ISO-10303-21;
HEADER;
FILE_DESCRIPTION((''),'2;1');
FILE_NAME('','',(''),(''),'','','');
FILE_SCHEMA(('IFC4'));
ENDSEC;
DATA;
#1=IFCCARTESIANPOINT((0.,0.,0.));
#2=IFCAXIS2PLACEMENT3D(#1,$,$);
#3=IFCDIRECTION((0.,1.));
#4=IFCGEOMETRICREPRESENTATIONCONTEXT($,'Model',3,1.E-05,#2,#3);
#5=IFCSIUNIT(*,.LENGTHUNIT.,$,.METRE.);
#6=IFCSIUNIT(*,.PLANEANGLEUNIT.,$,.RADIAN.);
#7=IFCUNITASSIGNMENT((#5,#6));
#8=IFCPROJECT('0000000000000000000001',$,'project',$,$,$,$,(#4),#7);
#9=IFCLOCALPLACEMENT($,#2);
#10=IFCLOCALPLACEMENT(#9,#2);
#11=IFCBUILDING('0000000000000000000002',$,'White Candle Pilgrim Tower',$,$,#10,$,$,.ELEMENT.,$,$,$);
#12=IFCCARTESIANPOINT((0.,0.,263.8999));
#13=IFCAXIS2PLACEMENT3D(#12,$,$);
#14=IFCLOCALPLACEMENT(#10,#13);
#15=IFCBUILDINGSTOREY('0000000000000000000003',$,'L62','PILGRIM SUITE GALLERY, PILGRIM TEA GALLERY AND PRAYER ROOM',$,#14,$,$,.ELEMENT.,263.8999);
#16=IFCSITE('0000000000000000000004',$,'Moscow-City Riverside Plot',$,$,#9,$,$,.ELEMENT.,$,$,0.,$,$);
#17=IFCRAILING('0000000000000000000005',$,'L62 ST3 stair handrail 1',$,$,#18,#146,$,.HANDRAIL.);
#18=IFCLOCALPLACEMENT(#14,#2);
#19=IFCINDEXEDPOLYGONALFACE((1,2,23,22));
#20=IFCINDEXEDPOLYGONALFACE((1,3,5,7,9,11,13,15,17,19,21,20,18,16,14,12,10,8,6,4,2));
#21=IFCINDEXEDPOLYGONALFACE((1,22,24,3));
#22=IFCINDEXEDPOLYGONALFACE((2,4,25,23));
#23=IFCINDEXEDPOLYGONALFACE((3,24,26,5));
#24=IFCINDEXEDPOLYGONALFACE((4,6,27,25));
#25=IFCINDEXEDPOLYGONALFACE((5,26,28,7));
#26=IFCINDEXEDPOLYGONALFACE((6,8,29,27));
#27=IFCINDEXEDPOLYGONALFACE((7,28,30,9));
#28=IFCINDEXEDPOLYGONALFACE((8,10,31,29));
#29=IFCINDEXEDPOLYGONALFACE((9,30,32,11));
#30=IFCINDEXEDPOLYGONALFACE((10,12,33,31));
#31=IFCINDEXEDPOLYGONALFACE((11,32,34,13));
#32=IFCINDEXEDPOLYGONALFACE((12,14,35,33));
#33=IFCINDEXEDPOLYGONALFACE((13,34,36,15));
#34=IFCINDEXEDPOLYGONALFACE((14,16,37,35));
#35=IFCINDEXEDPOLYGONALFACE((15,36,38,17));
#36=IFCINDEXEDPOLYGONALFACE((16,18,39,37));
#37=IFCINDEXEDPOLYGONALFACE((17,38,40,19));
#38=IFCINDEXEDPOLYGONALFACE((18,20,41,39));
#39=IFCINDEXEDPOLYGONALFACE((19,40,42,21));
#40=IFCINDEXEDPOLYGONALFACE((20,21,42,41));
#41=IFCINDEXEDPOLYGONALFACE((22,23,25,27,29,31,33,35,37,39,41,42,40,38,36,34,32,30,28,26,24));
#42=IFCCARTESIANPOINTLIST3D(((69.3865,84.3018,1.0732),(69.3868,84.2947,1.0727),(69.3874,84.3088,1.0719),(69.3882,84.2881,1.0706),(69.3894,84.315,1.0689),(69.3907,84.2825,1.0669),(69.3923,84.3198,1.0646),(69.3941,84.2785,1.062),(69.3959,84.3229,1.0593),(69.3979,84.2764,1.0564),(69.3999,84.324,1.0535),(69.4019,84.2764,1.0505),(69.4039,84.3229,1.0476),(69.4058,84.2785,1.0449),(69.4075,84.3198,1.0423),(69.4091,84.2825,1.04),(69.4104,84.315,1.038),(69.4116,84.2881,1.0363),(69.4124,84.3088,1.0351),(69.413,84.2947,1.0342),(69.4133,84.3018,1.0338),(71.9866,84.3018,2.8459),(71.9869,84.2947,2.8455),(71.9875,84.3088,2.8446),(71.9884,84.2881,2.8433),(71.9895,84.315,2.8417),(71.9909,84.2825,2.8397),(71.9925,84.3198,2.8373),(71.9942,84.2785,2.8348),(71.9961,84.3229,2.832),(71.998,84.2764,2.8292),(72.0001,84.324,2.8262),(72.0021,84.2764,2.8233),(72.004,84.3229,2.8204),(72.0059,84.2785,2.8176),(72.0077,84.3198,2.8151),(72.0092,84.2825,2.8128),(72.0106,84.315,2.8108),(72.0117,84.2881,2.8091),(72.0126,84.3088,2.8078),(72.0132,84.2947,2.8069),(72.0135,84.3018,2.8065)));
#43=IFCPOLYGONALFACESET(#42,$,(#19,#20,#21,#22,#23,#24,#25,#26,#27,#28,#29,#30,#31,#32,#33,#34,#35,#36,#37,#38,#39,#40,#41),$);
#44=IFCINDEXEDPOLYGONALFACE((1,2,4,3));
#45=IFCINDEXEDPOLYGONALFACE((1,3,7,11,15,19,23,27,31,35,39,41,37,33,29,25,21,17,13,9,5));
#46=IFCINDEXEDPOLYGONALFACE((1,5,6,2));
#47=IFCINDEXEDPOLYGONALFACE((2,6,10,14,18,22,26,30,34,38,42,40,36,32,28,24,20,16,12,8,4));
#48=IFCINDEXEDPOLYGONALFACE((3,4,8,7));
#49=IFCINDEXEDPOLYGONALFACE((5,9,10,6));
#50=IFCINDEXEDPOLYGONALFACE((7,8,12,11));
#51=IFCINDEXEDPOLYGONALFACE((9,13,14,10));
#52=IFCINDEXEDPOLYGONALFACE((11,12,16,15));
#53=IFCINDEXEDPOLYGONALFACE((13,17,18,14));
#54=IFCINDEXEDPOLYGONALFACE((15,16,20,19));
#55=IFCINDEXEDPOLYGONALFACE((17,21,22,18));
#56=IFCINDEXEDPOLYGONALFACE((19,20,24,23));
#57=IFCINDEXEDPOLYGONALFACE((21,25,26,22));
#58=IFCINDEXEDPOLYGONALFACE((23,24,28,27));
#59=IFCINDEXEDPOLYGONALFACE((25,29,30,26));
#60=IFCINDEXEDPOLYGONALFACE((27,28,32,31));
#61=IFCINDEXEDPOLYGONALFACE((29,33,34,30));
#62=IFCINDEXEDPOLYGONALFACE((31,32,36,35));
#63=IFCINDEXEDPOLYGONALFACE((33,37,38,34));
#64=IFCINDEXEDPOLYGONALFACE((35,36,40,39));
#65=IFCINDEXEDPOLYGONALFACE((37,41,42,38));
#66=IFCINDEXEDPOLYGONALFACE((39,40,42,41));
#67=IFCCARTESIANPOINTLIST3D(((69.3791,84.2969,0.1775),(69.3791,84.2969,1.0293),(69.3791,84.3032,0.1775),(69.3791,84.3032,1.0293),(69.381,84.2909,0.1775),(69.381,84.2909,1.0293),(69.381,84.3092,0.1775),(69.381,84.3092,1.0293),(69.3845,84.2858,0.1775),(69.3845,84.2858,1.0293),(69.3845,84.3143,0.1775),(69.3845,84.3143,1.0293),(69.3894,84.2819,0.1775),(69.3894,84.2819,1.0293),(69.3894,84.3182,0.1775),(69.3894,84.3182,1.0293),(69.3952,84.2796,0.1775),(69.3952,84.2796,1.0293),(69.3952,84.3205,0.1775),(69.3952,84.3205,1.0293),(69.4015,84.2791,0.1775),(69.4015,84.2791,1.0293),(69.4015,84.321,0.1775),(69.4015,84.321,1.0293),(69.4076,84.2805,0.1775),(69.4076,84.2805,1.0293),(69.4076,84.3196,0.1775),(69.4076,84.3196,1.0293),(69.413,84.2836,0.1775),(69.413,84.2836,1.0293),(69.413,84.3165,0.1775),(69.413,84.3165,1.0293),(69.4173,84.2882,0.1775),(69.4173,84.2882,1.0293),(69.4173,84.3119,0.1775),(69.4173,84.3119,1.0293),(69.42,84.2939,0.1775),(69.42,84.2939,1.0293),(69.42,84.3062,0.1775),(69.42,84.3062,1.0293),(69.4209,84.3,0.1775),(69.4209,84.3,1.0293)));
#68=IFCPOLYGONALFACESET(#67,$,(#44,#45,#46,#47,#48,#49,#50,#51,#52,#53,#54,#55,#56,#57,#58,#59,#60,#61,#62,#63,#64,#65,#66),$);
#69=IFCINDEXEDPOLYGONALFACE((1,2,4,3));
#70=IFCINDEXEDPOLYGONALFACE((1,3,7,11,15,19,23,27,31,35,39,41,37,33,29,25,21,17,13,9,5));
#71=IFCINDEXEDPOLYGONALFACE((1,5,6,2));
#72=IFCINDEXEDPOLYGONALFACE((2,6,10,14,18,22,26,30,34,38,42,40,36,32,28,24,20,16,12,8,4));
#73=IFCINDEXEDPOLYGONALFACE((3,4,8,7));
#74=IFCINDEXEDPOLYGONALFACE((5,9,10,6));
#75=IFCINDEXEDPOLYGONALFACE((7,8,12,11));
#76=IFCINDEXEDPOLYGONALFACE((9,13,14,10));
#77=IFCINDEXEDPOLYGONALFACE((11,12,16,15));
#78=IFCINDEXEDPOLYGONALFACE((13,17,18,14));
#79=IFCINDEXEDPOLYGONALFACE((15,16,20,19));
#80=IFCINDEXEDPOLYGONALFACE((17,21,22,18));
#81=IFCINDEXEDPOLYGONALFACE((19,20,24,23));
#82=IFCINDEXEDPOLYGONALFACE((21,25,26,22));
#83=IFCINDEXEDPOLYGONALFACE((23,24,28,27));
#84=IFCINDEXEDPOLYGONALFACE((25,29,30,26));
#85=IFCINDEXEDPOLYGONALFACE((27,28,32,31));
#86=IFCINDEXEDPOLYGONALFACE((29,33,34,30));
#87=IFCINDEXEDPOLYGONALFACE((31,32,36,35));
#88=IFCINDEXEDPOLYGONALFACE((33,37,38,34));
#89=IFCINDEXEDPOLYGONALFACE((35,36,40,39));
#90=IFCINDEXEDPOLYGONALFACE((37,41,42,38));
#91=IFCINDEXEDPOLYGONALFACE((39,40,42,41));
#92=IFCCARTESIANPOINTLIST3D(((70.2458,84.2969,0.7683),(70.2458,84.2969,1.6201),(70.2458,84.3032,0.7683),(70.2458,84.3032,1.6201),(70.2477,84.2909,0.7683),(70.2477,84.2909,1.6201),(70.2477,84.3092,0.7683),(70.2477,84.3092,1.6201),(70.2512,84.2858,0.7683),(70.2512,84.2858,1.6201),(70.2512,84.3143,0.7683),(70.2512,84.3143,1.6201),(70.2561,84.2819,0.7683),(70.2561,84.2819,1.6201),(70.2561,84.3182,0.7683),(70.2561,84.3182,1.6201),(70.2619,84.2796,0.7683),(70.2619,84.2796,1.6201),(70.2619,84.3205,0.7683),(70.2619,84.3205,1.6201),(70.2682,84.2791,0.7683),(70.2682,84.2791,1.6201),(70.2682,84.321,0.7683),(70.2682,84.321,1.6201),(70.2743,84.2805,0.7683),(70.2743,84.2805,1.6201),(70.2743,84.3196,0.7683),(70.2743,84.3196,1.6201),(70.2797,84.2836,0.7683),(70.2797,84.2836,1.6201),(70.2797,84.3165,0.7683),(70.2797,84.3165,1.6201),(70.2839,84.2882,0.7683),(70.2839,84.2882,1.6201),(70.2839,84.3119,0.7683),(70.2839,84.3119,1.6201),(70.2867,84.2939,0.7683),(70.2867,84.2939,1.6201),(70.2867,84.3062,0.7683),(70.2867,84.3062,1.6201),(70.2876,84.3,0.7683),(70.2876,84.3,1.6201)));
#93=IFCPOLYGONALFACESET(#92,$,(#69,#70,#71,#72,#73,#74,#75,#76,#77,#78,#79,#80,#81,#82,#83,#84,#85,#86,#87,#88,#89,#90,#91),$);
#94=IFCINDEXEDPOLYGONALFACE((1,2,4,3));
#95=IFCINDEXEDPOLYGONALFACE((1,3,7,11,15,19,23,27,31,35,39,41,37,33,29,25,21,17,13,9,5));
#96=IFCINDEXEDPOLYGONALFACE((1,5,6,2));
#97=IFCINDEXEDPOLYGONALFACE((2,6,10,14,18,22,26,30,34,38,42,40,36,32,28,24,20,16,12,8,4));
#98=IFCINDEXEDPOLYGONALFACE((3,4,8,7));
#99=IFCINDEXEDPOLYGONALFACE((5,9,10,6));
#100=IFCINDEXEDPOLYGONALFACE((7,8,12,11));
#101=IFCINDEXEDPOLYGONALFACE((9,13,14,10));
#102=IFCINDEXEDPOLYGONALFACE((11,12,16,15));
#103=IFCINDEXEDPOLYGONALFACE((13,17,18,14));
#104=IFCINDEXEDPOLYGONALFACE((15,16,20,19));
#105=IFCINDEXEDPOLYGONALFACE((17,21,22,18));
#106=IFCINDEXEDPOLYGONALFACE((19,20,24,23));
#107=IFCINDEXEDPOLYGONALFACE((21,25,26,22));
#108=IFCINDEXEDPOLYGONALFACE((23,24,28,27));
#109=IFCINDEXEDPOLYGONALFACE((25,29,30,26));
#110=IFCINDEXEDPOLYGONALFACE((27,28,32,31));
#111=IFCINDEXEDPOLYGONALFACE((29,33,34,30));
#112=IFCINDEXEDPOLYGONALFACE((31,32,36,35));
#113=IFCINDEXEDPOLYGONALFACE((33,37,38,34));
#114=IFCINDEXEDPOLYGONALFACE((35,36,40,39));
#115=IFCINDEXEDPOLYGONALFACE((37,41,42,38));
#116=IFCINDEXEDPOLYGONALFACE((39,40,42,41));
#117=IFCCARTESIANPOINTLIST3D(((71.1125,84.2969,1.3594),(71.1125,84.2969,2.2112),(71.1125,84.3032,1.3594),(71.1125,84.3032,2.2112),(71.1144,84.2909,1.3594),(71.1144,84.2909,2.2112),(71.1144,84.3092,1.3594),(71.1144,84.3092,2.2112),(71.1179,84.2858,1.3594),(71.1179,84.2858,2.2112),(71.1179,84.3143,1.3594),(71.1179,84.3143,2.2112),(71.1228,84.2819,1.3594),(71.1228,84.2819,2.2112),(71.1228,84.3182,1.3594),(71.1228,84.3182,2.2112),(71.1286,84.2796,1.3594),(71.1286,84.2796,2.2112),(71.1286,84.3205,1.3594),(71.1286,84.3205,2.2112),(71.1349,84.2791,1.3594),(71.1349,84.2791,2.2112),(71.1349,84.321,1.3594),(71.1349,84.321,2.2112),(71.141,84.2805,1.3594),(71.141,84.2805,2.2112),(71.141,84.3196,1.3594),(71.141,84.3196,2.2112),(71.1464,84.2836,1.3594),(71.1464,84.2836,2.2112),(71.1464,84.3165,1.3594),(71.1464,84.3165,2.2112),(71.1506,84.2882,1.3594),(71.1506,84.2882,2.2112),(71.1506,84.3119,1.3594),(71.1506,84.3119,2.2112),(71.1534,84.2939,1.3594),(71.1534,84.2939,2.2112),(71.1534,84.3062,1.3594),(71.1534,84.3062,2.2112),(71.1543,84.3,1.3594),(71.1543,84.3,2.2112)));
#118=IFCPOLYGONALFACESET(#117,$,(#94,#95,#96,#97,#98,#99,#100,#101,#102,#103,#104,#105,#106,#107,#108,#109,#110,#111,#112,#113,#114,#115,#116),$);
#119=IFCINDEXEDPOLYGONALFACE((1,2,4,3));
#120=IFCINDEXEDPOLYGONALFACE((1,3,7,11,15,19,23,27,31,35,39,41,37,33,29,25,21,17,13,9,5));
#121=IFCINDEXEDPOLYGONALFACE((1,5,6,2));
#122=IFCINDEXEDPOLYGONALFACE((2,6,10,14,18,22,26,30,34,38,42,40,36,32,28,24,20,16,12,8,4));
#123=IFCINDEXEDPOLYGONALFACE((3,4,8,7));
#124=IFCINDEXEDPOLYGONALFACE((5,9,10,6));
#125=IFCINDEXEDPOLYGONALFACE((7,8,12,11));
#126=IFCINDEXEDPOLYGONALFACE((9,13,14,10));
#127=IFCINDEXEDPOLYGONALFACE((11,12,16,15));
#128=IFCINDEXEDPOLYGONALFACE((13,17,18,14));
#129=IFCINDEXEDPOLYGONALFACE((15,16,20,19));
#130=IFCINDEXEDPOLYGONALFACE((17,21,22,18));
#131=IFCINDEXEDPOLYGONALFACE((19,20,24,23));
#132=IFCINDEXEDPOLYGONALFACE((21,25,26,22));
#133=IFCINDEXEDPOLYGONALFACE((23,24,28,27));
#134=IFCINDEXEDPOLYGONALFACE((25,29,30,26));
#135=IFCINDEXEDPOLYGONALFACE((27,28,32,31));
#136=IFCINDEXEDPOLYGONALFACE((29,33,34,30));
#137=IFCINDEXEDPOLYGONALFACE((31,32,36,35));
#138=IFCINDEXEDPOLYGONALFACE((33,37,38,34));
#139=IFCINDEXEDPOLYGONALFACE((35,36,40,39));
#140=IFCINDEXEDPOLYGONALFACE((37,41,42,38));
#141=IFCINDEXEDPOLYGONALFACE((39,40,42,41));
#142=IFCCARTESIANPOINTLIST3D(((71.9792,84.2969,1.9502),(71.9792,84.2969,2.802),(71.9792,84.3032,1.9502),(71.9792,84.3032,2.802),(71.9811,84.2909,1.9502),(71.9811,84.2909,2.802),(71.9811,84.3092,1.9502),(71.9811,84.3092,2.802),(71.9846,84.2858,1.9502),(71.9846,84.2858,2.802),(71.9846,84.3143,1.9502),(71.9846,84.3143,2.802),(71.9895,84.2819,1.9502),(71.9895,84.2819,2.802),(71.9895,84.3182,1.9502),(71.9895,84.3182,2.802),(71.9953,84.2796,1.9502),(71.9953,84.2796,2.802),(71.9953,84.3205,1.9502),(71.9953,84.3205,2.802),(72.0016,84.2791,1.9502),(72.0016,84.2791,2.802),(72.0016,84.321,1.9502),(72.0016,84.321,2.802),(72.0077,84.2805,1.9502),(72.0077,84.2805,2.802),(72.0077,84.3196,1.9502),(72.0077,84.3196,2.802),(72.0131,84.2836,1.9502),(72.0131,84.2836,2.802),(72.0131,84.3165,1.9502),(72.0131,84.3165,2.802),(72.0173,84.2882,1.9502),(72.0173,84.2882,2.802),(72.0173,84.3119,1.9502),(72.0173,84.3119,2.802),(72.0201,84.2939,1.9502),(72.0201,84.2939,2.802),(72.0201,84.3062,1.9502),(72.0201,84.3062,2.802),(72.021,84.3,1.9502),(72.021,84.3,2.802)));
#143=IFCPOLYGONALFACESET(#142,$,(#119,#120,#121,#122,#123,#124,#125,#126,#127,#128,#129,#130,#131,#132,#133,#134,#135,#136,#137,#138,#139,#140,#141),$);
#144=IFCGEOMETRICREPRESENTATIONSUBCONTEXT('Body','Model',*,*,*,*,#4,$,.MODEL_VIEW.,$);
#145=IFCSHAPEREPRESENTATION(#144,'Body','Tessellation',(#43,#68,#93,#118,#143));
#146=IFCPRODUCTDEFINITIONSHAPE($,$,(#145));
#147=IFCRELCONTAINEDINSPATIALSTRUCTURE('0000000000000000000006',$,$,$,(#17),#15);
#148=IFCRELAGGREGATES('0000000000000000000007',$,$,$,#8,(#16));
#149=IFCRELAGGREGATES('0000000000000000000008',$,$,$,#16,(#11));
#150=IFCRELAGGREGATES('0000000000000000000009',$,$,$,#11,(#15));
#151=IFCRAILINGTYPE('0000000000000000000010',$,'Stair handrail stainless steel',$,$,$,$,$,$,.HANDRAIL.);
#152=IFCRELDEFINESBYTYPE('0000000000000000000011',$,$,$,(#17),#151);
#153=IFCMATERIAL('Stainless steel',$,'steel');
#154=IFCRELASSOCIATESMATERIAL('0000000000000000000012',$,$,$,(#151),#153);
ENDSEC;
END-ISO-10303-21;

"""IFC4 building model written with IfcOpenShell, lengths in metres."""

from ifc_helpers import new_model, si_unit, direction, frame, origin, origin_2d, place, context, subcontext, project, spatial, circle, extrude, material, type_object, element, save


model = new_model("IFC4")

# Units and contexts
model_context = context("Model", 3, precision=1e-05, world=origin(), true_north=direction((0.0, 1.0)))
body_context = subcontext(model_context, "Body", "Model", "MODEL_VIEW")
ifc_project = project(units=[si_unit("LENGTHUNIT", "METRE"), si_unit("PLANEANGLEUNIT", "RADIAN")], contexts=[model_context])

# Site, building, storey
site_placement = place(None, origin())
site = spatial("IfcSite", under=ifc_project, at=site_placement, Name="Moscow-City Riverside Plot", CompositionType="ELEMENT", RefElevation=0.0)
building_placement = place(site_placement, origin())
building = spatial("IfcBuilding", under=site, at=building_placement, Name="White Candle Pilgrim Tower", CompositionType="ELEMENT")
storey_placement = place(building_placement, frame((0.0, 0.0, 263.8999)))
storey = spatial("IfcBuildingStorey", under=building, at=storey_placement, Name="L62", Description="PILGRIM SUITE GALLERY, PILGRIM TEA GALLERY AND PRAYER ROOM", CompositionType="ELEMENT", Elevation=263.8999)

# Railing
ifc_material_1 = material(Name="Stainless steel", Category="steel")
railing_type_1 = type_object("IfcRailingType", Name="Stair handrail stainless steel", PredefinedType="HANDRAIL", material=ifc_material_1)
railing_1_placement = place(storey_placement, frame((69.3999, 84.3, 0.1775)))
element("IfcRailing", 1, at=railing_1_placement, inside=storey, type_object=railing_type_1, Name="L62 ST3 stair handrail 1", PredefinedType="HANDRAIL", context=body_context, shape_type="SweptSolid", body=[
    extrude(circle(Radius=0.0239, at=origin_2d()), frame((0.0, 0.0, 0.876), z_axis=(0.82624, 0.0, 0.563318), x_axis=(0.0, 1.0, 0.0)), (0.0, 0.0, 1.0), 3.147),
    extrude(circle(Radius=0.021, at=origin_2d()), origin(), (0.0, 0.0, 1.0), 0.8518),
    extrude(circle(Radius=0.021, at=origin_2d()), frame((0.8667, 0.0, 0.5908)), (0.0, 0.0, 1.0), 0.8518),
    extrude(circle(Radius=0.021, at=origin_2d()), frame((1.7334, 0.0, 1.1819)), (0.0, 0.0, 1.0), 0.8518),
    extrude(circle(Radius=0.021, at=origin_2d()), frame((2.6001, 0.0, 1.7727)), (0.0, 0.0, 1.0), 0.8518),
])

save(model, "model.ifc")
